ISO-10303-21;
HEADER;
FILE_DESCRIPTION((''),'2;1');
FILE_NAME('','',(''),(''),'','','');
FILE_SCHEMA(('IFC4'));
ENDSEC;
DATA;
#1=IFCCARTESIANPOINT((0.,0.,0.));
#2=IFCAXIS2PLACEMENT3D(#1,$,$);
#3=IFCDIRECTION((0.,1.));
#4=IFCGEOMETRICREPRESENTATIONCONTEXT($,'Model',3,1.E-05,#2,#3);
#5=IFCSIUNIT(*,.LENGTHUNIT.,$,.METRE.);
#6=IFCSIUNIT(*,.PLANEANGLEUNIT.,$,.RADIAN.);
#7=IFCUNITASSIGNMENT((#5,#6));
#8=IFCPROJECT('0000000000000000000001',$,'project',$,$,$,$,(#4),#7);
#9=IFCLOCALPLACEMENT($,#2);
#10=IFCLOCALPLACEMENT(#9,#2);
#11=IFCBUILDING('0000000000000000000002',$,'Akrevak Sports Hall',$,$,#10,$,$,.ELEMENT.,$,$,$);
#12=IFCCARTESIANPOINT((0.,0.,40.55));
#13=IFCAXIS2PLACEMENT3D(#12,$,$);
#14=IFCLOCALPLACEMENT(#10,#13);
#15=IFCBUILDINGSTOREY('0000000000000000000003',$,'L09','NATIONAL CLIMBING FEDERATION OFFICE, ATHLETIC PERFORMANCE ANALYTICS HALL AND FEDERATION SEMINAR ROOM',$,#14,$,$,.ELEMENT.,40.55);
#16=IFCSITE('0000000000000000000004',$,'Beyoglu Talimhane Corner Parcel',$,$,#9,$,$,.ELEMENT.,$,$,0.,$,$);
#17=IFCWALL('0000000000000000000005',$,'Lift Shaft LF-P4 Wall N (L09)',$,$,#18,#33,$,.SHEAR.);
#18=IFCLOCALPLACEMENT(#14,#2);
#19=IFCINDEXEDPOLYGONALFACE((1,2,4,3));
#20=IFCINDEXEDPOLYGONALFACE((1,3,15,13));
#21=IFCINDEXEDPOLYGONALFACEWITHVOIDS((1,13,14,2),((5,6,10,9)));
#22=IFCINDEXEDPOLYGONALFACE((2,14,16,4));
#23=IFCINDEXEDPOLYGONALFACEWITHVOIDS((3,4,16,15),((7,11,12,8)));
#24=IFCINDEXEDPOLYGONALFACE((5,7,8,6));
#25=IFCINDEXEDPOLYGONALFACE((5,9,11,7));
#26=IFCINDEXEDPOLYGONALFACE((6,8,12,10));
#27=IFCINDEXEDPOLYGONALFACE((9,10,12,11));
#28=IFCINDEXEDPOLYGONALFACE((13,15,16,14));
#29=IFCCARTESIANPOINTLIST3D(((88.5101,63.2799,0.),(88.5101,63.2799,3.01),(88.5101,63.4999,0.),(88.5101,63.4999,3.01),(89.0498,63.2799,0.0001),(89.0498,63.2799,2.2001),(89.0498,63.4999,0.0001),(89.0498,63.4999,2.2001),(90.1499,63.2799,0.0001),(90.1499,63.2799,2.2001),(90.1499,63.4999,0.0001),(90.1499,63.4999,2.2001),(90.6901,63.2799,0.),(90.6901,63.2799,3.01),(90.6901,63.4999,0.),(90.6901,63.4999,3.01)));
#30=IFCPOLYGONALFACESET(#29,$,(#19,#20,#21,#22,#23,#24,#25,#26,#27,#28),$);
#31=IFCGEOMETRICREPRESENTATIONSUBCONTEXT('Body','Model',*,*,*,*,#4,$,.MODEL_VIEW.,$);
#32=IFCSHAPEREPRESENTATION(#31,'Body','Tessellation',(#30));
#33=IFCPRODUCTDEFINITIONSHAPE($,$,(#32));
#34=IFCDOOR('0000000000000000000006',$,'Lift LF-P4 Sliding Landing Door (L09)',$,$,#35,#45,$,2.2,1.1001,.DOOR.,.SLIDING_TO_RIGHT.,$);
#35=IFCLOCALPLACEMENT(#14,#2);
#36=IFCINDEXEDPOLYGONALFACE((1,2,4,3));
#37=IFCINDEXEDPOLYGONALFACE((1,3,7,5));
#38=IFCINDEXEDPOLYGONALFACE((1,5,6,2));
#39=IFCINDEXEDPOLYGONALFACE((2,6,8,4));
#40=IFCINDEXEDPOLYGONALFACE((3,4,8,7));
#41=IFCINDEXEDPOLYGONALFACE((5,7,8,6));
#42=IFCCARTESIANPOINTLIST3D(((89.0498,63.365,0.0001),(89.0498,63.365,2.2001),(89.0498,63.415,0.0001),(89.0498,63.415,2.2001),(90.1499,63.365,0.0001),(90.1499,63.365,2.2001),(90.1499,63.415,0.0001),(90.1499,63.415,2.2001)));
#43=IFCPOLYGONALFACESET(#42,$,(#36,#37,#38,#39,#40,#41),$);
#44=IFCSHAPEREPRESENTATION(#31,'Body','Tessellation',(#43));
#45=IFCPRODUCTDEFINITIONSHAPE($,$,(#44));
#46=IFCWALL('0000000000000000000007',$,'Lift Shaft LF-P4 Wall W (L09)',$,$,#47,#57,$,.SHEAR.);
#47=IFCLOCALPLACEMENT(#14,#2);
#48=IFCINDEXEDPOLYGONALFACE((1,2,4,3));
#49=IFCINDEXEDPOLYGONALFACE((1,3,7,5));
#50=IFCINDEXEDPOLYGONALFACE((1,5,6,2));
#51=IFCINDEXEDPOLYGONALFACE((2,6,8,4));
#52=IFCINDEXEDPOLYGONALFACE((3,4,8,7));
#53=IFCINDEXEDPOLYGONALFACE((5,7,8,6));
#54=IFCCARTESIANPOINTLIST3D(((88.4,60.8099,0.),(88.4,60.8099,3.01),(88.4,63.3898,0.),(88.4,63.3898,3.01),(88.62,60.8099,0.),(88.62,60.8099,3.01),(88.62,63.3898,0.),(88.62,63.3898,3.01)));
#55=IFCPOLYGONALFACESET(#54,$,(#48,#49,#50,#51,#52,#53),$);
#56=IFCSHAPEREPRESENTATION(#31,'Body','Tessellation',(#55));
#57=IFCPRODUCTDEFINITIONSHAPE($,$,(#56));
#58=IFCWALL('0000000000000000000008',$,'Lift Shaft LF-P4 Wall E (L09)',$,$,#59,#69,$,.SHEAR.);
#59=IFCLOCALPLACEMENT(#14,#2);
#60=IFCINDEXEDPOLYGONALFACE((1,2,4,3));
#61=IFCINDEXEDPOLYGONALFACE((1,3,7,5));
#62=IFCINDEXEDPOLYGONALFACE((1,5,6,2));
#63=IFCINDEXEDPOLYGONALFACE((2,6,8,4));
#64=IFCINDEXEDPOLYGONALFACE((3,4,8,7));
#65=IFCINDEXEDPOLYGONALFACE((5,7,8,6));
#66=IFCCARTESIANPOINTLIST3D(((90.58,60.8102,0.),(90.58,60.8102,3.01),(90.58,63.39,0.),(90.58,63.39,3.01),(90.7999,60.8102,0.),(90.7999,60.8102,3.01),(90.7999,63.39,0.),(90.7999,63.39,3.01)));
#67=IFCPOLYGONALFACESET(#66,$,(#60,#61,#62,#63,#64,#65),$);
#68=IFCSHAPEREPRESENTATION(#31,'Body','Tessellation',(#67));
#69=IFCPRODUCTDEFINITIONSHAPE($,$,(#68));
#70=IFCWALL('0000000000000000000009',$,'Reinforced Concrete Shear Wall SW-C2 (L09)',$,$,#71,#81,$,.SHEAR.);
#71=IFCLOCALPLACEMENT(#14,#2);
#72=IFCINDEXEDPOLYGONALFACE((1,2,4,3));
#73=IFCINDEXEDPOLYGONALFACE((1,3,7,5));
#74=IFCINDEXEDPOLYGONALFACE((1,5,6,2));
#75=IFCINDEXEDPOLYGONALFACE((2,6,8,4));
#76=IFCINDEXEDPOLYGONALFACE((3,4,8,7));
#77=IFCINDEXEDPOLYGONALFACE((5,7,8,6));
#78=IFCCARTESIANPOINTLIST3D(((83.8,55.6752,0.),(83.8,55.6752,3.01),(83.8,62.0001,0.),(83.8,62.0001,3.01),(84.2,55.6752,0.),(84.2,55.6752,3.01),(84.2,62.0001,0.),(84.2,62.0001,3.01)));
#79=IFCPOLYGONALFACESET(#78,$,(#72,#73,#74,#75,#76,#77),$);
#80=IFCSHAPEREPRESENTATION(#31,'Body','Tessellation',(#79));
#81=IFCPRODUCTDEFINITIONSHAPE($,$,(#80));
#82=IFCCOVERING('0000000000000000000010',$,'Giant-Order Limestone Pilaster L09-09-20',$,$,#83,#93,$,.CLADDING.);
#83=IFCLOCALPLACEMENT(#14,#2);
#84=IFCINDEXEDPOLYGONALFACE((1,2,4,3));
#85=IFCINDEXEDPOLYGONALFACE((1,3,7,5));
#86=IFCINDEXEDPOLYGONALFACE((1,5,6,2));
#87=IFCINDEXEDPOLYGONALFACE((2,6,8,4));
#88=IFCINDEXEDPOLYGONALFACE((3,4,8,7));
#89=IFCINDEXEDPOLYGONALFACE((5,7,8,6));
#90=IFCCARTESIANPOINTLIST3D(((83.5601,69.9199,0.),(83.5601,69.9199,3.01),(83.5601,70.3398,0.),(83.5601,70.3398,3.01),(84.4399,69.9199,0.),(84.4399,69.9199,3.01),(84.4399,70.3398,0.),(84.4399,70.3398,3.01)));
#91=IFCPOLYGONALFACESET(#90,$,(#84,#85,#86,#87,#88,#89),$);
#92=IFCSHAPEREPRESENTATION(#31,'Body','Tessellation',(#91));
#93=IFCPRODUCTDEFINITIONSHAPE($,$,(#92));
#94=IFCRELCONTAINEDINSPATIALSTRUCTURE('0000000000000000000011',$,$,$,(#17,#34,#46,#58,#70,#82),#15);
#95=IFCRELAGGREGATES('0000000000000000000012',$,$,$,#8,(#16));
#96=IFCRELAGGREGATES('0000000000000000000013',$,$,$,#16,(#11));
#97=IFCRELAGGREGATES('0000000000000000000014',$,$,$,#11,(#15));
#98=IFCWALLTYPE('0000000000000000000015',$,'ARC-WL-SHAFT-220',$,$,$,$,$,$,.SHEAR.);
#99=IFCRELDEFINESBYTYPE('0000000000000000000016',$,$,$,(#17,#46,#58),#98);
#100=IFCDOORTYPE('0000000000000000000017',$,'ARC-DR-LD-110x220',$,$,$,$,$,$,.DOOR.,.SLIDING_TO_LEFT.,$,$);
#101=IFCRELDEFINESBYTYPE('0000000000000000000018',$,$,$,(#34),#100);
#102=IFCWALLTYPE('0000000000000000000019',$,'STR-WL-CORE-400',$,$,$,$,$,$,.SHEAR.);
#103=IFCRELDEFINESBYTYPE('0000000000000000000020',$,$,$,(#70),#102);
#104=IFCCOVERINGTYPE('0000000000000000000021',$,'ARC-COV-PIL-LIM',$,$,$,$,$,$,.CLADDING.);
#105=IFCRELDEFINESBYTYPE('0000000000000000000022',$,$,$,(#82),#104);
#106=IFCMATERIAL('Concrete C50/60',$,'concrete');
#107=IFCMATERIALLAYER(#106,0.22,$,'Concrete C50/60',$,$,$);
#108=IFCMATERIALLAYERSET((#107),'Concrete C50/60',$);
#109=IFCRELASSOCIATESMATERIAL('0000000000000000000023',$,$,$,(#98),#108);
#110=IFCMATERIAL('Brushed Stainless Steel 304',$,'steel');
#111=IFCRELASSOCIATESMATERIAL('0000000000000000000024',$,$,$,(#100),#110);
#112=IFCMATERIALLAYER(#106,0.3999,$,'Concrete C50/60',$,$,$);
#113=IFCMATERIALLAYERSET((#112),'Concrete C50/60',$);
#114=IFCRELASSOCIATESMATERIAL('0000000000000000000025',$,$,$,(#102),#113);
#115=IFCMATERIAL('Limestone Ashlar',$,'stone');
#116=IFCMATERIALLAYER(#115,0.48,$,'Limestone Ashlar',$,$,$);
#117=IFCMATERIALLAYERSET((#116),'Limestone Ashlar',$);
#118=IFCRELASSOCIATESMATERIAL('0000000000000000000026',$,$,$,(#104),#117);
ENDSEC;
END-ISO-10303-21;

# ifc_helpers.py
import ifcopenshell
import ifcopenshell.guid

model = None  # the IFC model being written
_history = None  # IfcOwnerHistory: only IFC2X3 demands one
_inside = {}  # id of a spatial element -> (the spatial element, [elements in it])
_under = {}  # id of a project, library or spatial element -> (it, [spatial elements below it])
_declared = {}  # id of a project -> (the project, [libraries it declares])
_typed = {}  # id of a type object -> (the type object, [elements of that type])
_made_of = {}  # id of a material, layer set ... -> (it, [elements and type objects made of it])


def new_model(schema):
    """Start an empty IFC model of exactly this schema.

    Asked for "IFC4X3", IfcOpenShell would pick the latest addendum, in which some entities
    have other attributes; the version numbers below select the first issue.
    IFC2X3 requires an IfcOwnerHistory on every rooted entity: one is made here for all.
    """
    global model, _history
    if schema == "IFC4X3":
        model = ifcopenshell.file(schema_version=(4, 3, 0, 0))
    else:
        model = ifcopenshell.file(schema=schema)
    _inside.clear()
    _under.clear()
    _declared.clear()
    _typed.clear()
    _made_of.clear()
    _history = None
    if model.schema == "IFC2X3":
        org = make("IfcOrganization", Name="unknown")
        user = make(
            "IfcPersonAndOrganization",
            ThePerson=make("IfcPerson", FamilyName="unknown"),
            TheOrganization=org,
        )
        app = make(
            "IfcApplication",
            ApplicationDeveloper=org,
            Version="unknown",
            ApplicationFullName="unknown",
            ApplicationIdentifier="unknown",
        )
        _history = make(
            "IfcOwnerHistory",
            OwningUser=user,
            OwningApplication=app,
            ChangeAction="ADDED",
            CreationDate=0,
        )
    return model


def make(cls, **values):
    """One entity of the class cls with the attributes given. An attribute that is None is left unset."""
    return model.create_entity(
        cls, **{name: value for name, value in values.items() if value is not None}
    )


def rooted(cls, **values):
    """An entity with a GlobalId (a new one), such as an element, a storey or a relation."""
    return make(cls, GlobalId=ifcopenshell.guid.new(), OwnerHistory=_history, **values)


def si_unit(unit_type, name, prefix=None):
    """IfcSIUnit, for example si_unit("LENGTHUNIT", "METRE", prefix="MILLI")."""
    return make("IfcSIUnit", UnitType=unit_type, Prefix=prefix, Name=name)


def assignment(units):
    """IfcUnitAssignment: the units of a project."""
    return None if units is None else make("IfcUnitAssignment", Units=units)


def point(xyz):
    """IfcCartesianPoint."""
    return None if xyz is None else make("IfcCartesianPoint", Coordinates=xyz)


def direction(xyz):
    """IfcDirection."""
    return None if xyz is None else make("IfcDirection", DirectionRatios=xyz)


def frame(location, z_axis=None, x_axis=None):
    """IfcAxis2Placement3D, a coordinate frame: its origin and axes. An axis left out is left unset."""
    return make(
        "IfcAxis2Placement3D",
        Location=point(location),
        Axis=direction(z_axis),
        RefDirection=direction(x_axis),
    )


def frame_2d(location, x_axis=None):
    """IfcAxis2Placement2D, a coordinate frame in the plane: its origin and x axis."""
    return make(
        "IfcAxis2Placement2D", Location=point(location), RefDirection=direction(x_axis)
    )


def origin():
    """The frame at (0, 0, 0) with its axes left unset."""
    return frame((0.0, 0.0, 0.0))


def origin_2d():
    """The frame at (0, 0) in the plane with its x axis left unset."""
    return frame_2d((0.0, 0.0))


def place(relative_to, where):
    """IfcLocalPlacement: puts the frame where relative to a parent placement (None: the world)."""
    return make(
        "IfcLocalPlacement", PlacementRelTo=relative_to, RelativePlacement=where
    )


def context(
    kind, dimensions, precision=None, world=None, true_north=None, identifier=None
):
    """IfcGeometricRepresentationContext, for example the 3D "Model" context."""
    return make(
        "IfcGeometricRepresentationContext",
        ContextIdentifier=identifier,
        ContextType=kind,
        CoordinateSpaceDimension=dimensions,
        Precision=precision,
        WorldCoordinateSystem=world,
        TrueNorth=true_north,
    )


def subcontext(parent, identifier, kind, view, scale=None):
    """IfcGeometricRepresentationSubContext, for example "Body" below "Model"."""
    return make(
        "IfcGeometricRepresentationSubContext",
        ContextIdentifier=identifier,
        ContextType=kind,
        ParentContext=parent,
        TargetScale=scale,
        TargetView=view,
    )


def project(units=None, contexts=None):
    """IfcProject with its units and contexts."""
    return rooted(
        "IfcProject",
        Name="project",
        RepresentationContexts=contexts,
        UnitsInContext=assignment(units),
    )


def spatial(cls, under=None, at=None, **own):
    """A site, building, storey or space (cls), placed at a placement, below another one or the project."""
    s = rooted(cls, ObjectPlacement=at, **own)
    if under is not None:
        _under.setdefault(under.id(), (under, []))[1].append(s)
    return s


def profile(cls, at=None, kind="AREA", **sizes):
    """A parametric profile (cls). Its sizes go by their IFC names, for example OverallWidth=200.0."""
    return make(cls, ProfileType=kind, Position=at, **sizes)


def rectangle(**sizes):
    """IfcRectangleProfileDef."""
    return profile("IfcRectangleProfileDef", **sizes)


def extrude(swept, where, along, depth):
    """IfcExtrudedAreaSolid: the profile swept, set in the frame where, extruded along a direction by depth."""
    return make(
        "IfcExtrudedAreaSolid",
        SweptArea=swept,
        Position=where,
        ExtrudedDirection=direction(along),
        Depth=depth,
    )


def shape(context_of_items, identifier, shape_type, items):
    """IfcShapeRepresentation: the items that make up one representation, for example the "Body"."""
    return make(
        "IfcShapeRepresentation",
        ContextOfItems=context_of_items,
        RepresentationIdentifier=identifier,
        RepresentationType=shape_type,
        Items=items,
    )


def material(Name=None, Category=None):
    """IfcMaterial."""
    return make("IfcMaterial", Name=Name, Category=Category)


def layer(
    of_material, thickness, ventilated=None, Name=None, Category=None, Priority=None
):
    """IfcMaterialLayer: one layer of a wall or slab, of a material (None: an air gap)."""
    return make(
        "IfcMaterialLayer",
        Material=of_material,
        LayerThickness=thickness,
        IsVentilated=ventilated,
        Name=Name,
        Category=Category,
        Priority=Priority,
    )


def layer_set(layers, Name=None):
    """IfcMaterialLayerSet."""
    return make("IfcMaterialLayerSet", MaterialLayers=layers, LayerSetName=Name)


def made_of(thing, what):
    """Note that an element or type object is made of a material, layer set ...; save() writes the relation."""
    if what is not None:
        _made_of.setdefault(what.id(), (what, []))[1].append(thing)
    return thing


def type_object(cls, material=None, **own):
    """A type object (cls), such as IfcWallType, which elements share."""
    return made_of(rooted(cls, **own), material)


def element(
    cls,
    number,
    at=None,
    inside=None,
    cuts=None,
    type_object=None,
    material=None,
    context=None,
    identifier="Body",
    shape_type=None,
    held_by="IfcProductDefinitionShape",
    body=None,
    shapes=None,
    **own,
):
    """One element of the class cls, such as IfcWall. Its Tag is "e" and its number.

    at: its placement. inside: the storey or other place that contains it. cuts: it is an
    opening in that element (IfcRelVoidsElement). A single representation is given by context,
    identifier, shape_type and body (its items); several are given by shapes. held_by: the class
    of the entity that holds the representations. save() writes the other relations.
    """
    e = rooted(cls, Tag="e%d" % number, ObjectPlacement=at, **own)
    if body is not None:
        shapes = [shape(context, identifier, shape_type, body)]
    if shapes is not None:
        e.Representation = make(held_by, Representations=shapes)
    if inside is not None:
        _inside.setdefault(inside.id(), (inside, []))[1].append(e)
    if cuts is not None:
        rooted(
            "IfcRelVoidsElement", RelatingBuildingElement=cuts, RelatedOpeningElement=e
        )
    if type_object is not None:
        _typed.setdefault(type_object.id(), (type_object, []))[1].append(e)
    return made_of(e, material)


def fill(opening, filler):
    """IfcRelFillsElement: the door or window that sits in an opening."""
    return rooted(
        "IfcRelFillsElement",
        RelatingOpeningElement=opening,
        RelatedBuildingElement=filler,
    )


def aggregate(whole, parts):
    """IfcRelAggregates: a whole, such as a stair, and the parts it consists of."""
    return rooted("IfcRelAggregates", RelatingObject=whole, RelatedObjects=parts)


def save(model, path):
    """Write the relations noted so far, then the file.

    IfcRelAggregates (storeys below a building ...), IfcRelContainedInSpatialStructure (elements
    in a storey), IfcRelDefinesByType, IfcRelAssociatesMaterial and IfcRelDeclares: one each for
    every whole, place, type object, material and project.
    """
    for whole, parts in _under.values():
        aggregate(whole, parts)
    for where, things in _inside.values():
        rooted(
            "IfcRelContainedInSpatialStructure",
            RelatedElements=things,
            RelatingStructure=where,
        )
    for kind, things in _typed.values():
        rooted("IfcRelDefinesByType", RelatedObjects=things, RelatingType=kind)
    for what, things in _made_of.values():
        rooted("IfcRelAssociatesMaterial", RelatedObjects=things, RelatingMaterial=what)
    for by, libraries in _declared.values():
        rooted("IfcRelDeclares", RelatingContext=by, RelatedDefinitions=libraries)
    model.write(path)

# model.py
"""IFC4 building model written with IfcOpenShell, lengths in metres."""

from ifc_helpers import new_model, si_unit, direction, frame, frame_2d, origin, origin_2d, place, context, subcontext, project, spatial, rectangle, extrude, material, layer, layer_set, type_object, element, fill, save


model = new_model("IFC4")

# Units and contexts
model_context = context("Model", 3, precision=1e-05, world=origin(), true_north=direction((0.0, 1.0)))
body_context = subcontext(model_context, "Body", "Model", "MODEL_VIEW")
ifc_project = project(units=[si_unit("LENGTHUNIT", "METRE"), si_unit("PLANEANGLEUNIT", "RADIAN")], contexts=[model_context])

# Site, building, storey
site_placement = place(None, origin())
site = spatial("IfcSite", under=ifc_project, at=site_placement, Name="Beyoglu Talimhane Corner Parcel", CompositionType="ELEMENT", RefElevation=0.0)
building_placement = place(site_placement, origin())
building = spatial("IfcBuilding", under=site, at=building_placement, Name="Akrevak Sports Hall", CompositionType="ELEMENT")
storey_placement = place(building_placement, frame((0.0, 0.0, 40.55)))
storey = spatial("IfcBuildingStorey", under=building, at=storey_placement, Name="L09", Description="NATIONAL CLIMBING FEDERATION OFFICE, ATHLETIC PERFORMANCE ANALYTICS HALL AND FEDERATION SEMINAR ROOM", CompositionType="ELEMENT", Elevation=40.55)

# Shared definitions
ifc_material_1 = material(Name="Concrete C50/60", Category="concrete")

# Shared definitions
ifc_layer_1 = layer(ifc_material_1, 0.22, Name="Concrete C50/60")
ifc_layer_set_1 = layer_set([ifc_layer_1], Name="Concrete C50/60")
wall_type_1 = type_object("IfcWallType", Name="ARC-WL-SHAFT-220", PredefinedType="SHEAR", material=ifc_layer_set_1)

# Shared definitions
ifc_material_2 = material(Name="Brushed Stainless Steel 304", Category="steel")
door_type_1 = type_object("IfcDoorType", Name="ARC-DR-LD-110x220", OperationType="SLIDING_TO_LEFT", PredefinedType="DOOR", material=ifc_material_2)

# Wall, opening, door
wall_1_placement = place(storey_placement, frame((90.6899, 63.3899, 0.0), z_axis=(0.0, 0.0, 1.0), x_axis=(-1.0, 0.0, 0.0)))
wall_1 = element("IfcWall", 1, at=wall_1_placement, inside=storey, type_object=wall_type_1, Name="Lift Shaft LF-P4 Wall N (L09)", PredefinedType="SHEAR", context=body_context, shape_type="SweptSolid", body=[
    extrude(rectangle(XDim=2.1799, YDim=0.22, at=frame_2d((1.0898, 0.0))), origin(), (0.0, 0.0, 1.0), 3.01),
])
opening_1_placement = place(wall_1_placement, frame((0.54, 0.0, 0.0)))
opening_1 = element("IfcOpeningElement", 2, at=opening_1_placement, cuts=wall_1, PredefinedType="OPENING", context=body_context, shape_type="SweptSolid", body=[
    extrude(rectangle(XDim=1.1001, YDim=2.2, at=frame_2d((0.55, 1.1001))), frame((0.0, 0.1221, 0.0), z_axis=(0.0, -1.0, 0.0), x_axis=(1.0, 0.0, 0.0)), (0.0, 0.0, 1.0), 0.2439),
])
door_1_placement = place(opening_1_placement, origin())
door_1 = element("IfcDoor", 3, at=door_1_placement, inside=storey, type_object=door_type_1, Name="Lift LF-P4 Sliding Landing Door (L09)", OperationType="SLIDING_TO_RIGHT", OverallHeight=2.2, OverallWidth=1.1001, PredefinedType="DOOR", context=body_context, shape_type="SweptSolid", body=[
    extrude(rectangle(XDim=1.1001, YDim=2.2, at=frame_2d((0.55, 1.1001))), frame((0.0, 0.0249, 0.0), z_axis=(0.0, -1.0, 0.0), x_axis=(1.0, 0.0, 0.0)), (0.0, 0.0, 1.0), 0.05),
])
fill(opening_1, door_1)

# Walls
for number, where, z_axis, x_axis, name in (
    (4, (88.51, 63.3899, 0.0), (0.0, 0.0, 1.0), (0.0, -1.0, 0.0), "Lift Shaft LF-P4 Wall W (L09)"),
    (5, (90.6899, 60.8101, 0.0), (0.0, 0.0, 1.0), (0.0, 1.0, 0.0), "Lift Shaft LF-P4 Wall E (L09)"),
):
    element("IfcWall", number, at=place(storey_placement, frame(where, z_axis=z_axis, x_axis=x_axis)), inside=storey, type_object=wall_type_1, Name=name, PredefinedType="SHEAR", context=body_context, shape_type="SweptSolid", body=[
        extrude(rectangle(XDim=2.5798, YDim=0.22, at=frame_2d((1.29, 0.0))), origin(), (0.0, 0.0, 1.0), 3.01),
    ])
ifc_layer_2 = layer(ifc_material_1, 0.3999, Name="Concrete C50/60")
ifc_layer_set_2 = layer_set([ifc_layer_2], Name="Concrete C50/60")
wall_type_2 = type_object("IfcWallType", Name="STR-WL-CORE-400", PredefinedType="SHEAR", material=ifc_layer_set_2)
wall_2_placement = place(storey_placement, frame((84.0, 55.675, 0.0), z_axis=(0.0, 0.0, 1.0), x_axis=(0.0, 1.0, 0.0)))
element("IfcWall", 6, at=wall_2_placement, inside=storey, type_object=wall_type_2, Name="Reinforced Concrete Shear Wall SW-C2 (L09)", PredefinedType="SHEAR", context=body_context, shape_type="SweptSolid", body=[
    extrude(rectangle(XDim=6.325, YDim=0.3999, at=frame_2d((3.1626, 0.0))), origin(), (0.0, 0.0, 1.0), 3.01),
])

# Covering
ifc_material_3 = material(Name="Limestone Ashlar", Category="stone")
ifc_layer_3 = layer(ifc_material_3, 0.48, Name="Limestone Ashlar")
ifc_layer_set_3 = layer_set([ifc_layer_3], Name="Limestone Ashlar")
covering_type = type_object("IfcCoveringType", Name="ARC-COV-PIL-LIM", PredefinedType="CLADDING", material=ifc_layer_set_3)
covering_placement = place(storey_placement, frame((84.0, 70.1299, 0.0), z_axis=(0.0, 0.0, 1.0), x_axis=(-1.0, 0.0, 0.0)))
element("IfcCovering", 7, at=covering_placement, inside=storey, type_object=covering_type, Name="Giant-Order Limestone Pilaster L09-09-20", PredefinedType="CLADDING", context=body_context, shape_type="SweptSolid", body=[
    extrude(rectangle(XDim=0.8799, YDim=0.4199, at=origin_2d()), origin(), (0.0, 0.0, 1.0), 3.01),
])

save(model, "model.ifc")
